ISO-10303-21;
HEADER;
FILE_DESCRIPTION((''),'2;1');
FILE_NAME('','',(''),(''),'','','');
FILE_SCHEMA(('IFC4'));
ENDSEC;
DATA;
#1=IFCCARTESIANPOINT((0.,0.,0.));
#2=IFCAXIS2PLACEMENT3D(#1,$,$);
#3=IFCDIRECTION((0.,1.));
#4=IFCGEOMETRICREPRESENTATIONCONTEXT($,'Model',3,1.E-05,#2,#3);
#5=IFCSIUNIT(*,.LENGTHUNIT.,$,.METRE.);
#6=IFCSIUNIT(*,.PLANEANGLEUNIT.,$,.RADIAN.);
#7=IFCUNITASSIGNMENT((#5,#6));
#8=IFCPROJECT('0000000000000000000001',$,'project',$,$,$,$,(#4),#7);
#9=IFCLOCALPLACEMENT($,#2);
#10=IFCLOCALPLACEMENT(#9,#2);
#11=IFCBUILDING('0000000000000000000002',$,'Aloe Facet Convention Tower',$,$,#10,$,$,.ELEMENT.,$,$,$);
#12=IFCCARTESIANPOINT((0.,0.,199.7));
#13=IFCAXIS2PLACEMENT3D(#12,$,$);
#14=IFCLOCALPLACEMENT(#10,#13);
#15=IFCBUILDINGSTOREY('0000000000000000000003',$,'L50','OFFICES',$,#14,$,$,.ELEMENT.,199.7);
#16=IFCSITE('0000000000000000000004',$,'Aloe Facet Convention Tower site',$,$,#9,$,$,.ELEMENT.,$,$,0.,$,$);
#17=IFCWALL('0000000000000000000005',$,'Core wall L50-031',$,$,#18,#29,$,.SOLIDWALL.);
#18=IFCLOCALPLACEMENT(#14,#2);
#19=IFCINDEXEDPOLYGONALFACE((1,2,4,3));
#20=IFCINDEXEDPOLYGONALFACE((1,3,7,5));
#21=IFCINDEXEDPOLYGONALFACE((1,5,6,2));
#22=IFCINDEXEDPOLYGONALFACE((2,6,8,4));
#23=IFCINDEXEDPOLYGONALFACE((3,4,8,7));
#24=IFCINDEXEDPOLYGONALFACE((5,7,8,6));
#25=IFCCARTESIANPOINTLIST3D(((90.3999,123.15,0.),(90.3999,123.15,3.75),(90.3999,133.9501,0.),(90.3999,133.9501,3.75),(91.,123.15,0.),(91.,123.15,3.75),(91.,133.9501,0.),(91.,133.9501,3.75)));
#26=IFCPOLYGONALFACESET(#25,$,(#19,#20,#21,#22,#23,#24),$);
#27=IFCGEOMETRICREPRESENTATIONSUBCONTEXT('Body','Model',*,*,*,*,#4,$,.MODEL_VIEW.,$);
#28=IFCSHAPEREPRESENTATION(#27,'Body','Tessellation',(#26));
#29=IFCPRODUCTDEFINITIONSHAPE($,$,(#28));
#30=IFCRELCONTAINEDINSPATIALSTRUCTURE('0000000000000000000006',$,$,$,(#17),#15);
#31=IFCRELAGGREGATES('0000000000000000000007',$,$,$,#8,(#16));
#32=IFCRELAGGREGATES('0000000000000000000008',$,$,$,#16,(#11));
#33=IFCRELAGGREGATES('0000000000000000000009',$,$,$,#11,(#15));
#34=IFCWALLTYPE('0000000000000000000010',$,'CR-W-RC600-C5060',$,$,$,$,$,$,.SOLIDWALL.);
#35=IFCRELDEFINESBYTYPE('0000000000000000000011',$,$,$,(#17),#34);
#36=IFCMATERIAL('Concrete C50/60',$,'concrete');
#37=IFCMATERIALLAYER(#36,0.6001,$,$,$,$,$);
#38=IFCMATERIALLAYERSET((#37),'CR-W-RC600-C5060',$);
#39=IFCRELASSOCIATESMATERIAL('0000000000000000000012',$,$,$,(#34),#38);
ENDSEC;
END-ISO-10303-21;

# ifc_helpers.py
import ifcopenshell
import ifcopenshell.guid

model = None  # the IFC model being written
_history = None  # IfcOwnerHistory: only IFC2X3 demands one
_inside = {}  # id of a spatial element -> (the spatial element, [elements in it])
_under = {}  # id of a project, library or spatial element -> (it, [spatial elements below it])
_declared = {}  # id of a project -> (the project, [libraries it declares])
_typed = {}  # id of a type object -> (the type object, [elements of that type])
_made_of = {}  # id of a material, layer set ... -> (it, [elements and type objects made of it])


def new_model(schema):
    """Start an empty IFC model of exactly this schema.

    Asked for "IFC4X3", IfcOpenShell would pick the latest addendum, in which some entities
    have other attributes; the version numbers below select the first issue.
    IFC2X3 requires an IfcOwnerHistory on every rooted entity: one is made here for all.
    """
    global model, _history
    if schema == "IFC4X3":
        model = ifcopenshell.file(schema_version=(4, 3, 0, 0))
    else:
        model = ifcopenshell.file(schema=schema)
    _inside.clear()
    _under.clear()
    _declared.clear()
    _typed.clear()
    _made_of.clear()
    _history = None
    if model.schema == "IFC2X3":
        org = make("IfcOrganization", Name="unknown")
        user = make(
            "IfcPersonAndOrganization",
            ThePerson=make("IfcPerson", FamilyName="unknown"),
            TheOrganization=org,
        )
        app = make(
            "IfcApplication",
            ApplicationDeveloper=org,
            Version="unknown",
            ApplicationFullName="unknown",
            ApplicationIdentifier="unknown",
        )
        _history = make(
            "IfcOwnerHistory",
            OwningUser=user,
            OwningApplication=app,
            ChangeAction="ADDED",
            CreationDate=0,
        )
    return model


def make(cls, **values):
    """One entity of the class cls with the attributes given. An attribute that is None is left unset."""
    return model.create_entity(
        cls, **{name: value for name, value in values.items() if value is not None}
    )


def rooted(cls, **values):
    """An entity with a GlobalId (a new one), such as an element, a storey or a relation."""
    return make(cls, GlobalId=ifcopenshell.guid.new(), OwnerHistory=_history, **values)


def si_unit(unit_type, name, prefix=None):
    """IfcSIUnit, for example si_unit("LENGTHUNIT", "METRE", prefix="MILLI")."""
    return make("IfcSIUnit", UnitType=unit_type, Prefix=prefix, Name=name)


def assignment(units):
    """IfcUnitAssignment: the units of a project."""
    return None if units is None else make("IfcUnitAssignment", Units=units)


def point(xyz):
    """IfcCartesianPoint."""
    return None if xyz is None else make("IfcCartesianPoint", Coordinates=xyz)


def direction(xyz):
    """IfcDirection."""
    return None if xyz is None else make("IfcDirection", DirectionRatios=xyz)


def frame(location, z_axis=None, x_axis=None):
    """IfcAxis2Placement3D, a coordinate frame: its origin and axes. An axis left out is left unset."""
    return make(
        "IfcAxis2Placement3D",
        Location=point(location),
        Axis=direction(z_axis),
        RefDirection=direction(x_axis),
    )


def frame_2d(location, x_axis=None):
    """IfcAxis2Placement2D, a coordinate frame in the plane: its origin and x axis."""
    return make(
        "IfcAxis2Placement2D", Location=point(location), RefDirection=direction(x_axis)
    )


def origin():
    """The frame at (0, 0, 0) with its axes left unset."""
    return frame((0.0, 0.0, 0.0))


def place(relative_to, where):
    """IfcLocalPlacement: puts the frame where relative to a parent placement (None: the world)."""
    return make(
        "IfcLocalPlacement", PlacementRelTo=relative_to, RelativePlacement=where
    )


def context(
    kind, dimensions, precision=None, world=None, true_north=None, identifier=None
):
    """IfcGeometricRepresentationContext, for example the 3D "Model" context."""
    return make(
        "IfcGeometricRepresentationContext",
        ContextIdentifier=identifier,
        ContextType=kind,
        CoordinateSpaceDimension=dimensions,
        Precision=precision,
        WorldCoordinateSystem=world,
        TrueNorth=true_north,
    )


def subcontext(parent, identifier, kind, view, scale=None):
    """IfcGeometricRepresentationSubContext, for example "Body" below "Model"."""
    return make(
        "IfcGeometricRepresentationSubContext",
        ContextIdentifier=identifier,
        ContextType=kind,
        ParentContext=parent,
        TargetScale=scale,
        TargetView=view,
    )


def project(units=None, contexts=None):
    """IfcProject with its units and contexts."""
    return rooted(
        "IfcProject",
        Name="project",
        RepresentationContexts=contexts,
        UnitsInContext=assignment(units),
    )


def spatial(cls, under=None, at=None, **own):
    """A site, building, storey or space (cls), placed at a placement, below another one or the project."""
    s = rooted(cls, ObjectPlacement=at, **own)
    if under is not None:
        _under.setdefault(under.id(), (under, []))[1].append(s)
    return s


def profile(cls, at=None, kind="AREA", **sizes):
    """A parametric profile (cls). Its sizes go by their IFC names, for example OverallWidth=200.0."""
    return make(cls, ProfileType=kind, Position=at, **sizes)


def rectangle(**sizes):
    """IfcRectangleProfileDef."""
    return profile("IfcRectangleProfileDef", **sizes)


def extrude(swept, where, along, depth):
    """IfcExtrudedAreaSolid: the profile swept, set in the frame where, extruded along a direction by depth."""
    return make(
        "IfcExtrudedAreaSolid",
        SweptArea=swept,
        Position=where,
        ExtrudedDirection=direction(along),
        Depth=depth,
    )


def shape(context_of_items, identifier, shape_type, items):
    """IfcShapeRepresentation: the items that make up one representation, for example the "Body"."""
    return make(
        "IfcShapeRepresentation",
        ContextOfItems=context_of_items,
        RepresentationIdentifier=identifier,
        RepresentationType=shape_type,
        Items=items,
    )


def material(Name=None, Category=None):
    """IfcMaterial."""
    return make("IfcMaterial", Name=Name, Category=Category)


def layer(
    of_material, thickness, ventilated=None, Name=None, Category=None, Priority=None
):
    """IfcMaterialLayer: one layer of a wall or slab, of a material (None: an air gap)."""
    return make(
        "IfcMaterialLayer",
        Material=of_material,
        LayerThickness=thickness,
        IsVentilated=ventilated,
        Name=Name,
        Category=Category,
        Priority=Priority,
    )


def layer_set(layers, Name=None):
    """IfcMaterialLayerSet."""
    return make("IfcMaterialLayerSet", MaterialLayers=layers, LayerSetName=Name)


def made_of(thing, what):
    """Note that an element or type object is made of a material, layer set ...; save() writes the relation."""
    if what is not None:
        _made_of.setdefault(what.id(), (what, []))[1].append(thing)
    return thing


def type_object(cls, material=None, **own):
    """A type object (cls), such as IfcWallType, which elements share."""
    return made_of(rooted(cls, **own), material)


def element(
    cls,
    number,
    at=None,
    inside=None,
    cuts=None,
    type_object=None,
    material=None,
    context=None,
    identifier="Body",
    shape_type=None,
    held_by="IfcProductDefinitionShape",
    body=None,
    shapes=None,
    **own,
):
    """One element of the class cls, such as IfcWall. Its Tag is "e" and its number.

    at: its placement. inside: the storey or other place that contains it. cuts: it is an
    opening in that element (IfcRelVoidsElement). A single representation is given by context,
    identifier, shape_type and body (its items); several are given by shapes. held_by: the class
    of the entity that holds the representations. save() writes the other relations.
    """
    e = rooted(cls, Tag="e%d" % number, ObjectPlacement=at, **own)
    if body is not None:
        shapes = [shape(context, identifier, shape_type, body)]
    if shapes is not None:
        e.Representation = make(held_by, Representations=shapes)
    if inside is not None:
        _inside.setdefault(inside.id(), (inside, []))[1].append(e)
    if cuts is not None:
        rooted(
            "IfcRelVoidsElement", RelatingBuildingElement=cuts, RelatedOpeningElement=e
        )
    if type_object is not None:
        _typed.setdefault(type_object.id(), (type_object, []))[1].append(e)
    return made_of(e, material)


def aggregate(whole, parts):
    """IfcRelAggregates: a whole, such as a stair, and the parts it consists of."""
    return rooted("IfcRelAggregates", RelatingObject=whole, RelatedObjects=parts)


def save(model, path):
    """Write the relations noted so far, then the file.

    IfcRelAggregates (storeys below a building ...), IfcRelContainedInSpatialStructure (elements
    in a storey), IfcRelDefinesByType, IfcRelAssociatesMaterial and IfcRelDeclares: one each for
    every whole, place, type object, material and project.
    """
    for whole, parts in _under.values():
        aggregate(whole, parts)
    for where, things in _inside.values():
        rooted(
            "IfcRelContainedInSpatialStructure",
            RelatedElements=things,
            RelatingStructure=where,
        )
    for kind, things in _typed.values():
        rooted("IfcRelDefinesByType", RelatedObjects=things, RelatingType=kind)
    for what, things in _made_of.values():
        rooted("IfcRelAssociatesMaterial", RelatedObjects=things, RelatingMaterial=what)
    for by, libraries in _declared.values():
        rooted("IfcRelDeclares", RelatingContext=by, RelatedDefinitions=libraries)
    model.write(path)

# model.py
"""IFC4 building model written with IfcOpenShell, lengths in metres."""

from ifc_helpers import new_model, si_unit, direction, frame, frame_2d, origin, place, context, subcontext, project, spatial, rectangle, extrude, material, layer, layer_set, type_object, element, save


model = new_model("IFC4")

# Units and contexts
model_context = context("Model", 3, precision=1e-05, world=origin(), true_north=direction((0.0, 1.0)))
body_context = subcontext(model_context, "Body", "Model", "MODEL_VIEW")
ifc_project = project(units=[si_unit("LENGTHUNIT", "METRE"), si_unit("PLANEANGLEUNIT", "RADIAN")], contexts=[model_context])

# Site, building, storey
site_placement = place(None, origin())
site = spatial("IfcSite", under=ifc_project, at=site_placement, Name="Aloe Facet Convention Tower site", CompositionType="ELEMENT", RefElevation=0.0)
building_placement = place(site_placement, origin())
building = spatial("IfcBuilding", under=site, at=building_placement, Name="Aloe Facet Convention Tower", CompositionType="ELEMENT")
storey_placement = place(building_placement, frame((0.0, 0.0, 199.7)))
storey = spatial("IfcBuildingStorey", under=building, at=storey_placement, Name="L50", Description="OFFICES", CompositionType="ELEMENT", Elevation=199.7)

# Wall
ifc_material_1 = material(Name="Concrete C50/60", Category="concrete")
ifc_layer_1 = layer(ifc_material_1, 0.6001)
ifc_layer_set_1 = layer_set([ifc_layer_1], Name="CR-W-RC600-C5060")
wall_type_1 = type_object("IfcWallType", Name="CR-W-RC600-C5060", PredefinedType="SOLIDWALL", material=ifc_layer_set_1)
wall_1_placement = place(storey_placement, frame((90.7, 133.95, 0.0), z_axis=(0.0, 0.0, 1.0), x_axis=(0.0, -1.0, 0.0)))
element("IfcWall", 1, at=wall_1_placement, inside=storey, type_object=wall_type_1, Name="Core wall L50-031", PredefinedType="SOLIDWALL", context=body_context, shape_type="SweptSolid", body=[
    extrude(rectangle(XDim=10.8, YDim=0.6001, at=frame_2d((5.3999, 0.0))), origin(), (0.0, 0.0, 1.0), 3.75),
])

save(model, "model.ifc")
